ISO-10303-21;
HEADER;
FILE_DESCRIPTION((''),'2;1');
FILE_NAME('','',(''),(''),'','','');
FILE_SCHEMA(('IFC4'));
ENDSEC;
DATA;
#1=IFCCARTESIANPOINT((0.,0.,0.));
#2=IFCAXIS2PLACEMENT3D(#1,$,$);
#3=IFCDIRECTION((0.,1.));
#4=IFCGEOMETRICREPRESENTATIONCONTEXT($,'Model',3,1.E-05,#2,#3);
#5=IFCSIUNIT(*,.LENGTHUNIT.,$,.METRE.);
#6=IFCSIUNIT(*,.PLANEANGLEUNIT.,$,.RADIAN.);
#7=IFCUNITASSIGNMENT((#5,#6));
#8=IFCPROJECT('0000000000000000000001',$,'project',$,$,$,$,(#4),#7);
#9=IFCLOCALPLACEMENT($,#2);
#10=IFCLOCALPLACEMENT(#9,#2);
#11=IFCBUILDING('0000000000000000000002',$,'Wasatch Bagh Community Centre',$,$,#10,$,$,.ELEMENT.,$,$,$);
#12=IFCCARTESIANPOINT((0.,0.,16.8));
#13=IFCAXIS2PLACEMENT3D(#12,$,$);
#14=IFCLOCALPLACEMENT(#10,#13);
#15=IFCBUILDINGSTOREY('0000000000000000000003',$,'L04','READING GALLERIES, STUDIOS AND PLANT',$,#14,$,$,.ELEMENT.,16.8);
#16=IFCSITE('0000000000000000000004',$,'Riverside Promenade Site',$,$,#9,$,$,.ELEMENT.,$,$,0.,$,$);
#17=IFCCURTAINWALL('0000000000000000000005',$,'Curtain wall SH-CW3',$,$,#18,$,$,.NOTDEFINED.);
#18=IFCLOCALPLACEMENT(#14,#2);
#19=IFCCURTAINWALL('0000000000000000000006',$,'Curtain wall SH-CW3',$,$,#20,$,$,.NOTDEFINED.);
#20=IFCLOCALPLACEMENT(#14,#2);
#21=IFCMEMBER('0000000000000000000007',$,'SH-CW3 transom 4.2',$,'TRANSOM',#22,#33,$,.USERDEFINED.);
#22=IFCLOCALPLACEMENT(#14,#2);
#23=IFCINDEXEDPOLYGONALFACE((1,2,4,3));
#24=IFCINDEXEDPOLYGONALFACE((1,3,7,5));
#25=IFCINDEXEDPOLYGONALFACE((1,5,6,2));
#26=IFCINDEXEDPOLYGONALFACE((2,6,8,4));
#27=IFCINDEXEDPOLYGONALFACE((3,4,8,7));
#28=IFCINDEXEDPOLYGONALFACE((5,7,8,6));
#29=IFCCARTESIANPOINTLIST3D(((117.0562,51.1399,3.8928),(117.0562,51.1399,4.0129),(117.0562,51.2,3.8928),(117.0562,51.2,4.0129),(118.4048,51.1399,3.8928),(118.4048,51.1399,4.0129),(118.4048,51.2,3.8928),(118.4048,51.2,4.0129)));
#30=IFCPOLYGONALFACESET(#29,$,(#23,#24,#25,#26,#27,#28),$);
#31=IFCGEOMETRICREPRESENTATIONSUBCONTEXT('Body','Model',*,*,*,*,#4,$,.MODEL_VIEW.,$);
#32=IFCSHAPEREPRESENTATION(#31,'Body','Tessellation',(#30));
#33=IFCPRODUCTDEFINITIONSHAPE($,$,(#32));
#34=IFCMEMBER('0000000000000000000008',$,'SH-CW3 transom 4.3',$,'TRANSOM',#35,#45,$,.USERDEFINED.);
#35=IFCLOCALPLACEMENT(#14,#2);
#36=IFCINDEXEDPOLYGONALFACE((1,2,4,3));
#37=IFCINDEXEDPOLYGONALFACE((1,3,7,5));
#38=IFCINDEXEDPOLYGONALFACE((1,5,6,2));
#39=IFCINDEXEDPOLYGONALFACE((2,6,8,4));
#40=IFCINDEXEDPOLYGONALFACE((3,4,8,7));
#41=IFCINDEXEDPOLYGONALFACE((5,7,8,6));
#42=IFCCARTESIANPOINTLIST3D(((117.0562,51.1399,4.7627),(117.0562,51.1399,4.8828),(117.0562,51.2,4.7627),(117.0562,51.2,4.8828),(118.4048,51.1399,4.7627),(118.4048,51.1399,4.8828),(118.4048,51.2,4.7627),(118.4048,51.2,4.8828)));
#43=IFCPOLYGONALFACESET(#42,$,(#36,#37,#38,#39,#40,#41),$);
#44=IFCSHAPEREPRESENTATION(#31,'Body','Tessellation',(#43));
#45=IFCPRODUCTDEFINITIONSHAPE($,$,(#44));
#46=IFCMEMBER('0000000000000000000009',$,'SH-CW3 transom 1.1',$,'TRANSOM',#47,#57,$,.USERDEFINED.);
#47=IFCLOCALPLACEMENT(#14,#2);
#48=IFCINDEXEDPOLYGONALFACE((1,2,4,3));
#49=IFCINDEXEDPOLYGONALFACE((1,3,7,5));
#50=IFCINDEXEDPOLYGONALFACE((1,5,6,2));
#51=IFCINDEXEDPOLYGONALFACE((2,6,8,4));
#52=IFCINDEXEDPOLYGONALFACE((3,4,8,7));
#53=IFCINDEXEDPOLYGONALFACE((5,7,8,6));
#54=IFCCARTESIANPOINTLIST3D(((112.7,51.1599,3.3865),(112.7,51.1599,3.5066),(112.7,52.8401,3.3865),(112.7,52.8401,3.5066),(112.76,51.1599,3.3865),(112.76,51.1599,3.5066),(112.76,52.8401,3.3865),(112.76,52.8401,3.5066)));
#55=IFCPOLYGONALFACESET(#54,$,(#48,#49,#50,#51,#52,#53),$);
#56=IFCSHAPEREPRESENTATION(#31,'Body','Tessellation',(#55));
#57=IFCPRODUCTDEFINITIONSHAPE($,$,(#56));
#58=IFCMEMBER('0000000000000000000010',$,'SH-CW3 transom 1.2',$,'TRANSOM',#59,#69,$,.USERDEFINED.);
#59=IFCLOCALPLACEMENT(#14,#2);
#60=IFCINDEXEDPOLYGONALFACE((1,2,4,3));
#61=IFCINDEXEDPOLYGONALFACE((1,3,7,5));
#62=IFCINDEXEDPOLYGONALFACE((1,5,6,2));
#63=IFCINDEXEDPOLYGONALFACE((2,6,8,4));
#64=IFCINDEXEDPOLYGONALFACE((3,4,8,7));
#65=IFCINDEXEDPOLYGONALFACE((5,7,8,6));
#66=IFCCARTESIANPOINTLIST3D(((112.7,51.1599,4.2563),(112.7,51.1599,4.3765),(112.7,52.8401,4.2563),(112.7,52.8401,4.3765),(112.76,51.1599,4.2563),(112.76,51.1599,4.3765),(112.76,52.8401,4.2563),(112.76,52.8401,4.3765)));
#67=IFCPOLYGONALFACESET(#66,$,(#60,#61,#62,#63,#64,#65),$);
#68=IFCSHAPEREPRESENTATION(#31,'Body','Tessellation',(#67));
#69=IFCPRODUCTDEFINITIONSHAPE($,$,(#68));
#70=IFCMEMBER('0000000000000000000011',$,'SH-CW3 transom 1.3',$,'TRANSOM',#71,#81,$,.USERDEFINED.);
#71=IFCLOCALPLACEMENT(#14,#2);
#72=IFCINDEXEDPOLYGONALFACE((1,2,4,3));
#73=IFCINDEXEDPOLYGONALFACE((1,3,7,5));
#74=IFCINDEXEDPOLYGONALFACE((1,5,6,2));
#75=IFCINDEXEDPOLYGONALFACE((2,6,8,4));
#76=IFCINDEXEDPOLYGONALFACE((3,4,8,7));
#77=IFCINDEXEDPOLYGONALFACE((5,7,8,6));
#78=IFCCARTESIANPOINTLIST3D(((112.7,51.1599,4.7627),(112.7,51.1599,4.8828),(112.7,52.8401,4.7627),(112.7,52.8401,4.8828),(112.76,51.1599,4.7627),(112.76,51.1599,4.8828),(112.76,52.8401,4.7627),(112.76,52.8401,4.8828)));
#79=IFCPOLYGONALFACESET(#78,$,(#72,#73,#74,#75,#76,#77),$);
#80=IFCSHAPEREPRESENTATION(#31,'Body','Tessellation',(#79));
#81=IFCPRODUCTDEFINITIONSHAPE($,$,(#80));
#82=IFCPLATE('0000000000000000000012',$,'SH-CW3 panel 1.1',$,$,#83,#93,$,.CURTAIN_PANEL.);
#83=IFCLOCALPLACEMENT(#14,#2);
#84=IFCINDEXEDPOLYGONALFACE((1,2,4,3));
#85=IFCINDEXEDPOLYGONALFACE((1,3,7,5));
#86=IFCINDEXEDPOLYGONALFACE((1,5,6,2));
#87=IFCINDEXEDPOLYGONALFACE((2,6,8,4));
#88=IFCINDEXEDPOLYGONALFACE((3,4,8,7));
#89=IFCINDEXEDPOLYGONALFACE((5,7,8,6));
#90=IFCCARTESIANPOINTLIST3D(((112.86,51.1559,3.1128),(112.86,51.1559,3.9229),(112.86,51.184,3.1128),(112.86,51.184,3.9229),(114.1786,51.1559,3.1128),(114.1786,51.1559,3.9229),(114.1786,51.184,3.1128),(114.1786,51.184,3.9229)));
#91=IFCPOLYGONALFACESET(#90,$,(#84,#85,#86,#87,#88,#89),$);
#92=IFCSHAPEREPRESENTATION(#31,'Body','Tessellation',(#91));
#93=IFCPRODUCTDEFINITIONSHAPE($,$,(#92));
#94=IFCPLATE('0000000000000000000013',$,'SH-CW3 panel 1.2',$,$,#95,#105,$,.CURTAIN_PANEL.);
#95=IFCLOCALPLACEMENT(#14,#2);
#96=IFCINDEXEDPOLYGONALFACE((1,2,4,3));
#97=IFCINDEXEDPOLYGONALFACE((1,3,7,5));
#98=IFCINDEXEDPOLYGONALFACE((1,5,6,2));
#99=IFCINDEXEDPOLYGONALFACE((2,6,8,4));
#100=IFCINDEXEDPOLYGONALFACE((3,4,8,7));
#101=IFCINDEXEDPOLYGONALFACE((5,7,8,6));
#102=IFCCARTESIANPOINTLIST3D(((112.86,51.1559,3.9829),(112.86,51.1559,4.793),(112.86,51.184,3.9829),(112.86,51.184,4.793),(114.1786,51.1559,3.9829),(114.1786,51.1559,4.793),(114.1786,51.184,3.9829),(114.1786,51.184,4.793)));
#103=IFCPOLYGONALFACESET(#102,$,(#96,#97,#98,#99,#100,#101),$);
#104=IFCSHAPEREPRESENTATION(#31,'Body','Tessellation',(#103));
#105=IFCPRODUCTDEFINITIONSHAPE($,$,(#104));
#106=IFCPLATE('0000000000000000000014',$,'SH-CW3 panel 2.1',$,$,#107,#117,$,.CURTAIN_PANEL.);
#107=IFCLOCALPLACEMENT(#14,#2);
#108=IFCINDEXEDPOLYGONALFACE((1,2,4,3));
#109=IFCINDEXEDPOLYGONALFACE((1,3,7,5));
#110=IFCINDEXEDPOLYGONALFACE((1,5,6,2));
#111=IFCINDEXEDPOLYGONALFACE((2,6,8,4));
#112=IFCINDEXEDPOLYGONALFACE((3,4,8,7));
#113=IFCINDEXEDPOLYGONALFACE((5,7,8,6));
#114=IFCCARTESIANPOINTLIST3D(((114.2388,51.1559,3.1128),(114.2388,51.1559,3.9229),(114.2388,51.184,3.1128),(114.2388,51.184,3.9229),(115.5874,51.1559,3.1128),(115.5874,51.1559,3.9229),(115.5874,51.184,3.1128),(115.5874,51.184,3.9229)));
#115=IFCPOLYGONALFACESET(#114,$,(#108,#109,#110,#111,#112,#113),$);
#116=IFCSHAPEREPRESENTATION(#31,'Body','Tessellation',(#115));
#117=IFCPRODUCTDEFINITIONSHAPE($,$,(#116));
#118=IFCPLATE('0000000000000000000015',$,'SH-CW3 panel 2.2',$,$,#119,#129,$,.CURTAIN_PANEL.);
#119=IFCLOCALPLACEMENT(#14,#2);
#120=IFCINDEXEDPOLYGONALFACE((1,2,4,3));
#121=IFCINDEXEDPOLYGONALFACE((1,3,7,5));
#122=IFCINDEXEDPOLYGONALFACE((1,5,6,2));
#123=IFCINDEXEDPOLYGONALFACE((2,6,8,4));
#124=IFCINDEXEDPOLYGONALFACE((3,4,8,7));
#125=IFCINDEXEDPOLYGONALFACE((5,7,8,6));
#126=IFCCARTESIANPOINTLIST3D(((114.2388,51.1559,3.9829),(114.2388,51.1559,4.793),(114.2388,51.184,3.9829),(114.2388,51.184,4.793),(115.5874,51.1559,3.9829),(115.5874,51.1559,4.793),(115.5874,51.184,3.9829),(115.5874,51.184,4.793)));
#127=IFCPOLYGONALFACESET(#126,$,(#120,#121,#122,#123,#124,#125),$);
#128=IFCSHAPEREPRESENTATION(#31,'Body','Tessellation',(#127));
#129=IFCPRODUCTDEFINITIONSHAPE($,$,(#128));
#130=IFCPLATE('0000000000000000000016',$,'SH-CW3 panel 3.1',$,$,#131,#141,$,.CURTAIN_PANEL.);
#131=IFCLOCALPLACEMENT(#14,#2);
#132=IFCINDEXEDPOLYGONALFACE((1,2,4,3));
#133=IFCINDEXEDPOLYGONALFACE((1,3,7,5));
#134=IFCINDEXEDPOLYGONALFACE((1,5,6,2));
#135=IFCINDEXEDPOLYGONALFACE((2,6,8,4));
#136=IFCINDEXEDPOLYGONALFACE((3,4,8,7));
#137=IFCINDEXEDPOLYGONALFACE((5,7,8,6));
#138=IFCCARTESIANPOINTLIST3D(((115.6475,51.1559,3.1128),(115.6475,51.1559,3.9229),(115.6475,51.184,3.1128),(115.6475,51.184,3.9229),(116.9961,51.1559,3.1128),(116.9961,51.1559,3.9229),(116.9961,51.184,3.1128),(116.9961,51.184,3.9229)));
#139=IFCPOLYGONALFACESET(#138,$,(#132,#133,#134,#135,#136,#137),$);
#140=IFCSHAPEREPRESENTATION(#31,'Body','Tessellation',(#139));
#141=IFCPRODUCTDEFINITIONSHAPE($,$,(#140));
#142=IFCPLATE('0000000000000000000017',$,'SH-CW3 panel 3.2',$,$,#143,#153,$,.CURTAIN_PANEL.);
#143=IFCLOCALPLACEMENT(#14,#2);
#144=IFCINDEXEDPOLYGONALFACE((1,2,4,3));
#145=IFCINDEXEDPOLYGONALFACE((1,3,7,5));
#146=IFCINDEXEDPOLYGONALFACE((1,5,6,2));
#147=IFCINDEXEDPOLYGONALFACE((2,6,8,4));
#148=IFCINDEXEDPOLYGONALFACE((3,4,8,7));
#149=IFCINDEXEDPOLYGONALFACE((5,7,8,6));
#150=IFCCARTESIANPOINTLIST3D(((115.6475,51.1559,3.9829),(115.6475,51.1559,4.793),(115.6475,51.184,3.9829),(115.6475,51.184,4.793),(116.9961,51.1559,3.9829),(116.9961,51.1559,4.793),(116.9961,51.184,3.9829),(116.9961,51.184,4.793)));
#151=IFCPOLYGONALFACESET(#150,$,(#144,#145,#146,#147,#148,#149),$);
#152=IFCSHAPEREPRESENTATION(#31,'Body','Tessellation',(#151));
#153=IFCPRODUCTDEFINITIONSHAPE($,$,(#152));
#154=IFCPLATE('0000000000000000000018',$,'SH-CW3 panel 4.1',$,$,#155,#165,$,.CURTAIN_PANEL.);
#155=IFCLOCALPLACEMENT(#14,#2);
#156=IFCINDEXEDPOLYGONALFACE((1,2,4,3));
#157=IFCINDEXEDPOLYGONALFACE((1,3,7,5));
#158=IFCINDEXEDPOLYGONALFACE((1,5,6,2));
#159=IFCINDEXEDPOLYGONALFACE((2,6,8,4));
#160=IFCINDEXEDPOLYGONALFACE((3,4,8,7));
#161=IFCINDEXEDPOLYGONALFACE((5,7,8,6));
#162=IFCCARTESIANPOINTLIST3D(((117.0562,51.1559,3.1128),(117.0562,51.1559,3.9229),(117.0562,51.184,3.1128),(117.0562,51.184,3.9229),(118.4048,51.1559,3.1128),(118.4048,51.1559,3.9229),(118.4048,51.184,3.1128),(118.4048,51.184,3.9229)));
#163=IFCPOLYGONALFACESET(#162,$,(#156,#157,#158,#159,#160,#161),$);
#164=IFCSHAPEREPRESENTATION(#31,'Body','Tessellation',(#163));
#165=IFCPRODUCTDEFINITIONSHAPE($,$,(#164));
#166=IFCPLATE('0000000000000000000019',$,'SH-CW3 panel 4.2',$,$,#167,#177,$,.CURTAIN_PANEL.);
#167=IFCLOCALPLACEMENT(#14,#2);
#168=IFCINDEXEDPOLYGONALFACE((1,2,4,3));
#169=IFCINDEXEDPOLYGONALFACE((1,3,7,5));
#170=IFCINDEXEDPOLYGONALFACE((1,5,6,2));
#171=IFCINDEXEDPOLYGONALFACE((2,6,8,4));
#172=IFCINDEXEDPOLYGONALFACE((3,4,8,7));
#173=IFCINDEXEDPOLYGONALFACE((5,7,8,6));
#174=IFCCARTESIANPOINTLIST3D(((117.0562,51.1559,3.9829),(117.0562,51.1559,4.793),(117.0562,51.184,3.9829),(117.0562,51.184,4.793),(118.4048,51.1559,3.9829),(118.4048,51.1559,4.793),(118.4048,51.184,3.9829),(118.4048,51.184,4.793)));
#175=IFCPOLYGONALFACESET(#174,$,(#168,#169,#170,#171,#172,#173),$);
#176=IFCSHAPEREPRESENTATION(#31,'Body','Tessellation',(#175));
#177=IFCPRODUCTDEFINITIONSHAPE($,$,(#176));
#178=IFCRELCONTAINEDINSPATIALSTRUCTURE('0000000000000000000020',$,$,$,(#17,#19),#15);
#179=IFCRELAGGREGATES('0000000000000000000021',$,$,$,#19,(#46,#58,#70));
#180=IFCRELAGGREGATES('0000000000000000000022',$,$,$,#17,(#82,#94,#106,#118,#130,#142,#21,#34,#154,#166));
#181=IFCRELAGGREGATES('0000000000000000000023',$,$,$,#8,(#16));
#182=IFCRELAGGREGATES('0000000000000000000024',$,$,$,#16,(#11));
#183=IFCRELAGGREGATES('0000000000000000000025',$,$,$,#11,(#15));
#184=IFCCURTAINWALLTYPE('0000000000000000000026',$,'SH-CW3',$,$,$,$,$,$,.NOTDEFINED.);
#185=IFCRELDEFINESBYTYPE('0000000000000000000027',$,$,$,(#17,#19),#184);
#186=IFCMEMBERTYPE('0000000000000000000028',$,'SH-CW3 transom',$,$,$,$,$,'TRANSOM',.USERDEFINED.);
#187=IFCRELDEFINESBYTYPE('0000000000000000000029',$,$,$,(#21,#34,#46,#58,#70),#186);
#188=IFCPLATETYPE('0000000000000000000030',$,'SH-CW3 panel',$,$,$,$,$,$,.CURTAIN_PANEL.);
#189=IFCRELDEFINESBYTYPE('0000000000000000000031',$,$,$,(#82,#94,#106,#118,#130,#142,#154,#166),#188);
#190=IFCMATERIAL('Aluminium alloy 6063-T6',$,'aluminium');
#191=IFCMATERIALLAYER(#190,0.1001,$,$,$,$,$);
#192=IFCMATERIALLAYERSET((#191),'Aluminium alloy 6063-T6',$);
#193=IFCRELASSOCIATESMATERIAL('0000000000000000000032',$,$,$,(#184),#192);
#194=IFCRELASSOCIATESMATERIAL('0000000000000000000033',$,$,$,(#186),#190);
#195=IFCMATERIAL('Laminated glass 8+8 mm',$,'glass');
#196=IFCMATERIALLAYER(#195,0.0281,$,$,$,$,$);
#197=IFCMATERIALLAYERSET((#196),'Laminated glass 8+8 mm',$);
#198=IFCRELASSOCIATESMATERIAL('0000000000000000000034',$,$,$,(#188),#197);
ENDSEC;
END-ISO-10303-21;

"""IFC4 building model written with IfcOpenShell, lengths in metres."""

from ifc_helpers import new_model, si_unit, direction, frame, origin, origin_2d, place, context, subcontext, project, spatial, rectangle, extrude, material, layer, layer_set, material_profile, profile_set, type_object, element, aggregate, save


model = new_model("IFC4")

# Units and contexts
model_context = context("Model", 3, precision=1e-05, world=origin(), true_north=direction((0.0, 1.0)))
body_context = subcontext(model_context, "Body", "Model", "MODEL_VIEW")
ifc_project = project(units=[si_unit("LENGTHUNIT", "METRE"), si_unit("PLANEANGLEUNIT", "RADIAN")], contexts=[model_context])

# Site, building, storey
site_placement = place(None, origin())
site = spatial("IfcSite", under=ifc_project, at=site_placement, Name="Riverside Promenade Site", CompositionType="ELEMENT", RefElevation=0.0)
building_placement = place(site_placement, origin())
building = spatial("IfcBuilding", under=site, at=building_placement, Name="Wasatch Bagh Community Centre", CompositionType="ELEMENT")
storey_placement = place(building_placement, frame((0.0, 0.0, 16.8)))
storey = spatial("IfcBuildingStorey", under=building, at=storey_placement, Name="L04", Description="READING GALLERIES, STUDIOS AND PLANT", CompositionType="ELEMENT", Elevation=16.8)

# Curtain wall
ifc_material_1 = material(Name="Aluminium alloy 6063-T6", Category="aluminium")
ifc_layer_1 = layer(ifc_material_1, 0.1001)
ifc_layer_set_1 = layer_set([ifc_layer_1], Name="Aluminium alloy 6063-T6")
curtain_wall_type = type_object("IfcCurtainWallType", Name="SH-CW3", PredefinedType="NOTDEFINED", material=ifc_layer_set_1)
curtain_wall_1_placement = place(storey_placement, origin())
curtain_wall_1 = element("IfcCurtainWall", 1, at=curtain_wall_1_placement, inside=storey, type_object=curtain_wall_type, Name="Curtain wall SH-CW3", PredefinedType="NOTDEFINED")

# Curtain wall
curtain_wall_2_placement = place(storey_placement, origin())
curtain_wall_2 = element("IfcCurtainWall", 2, at=curtain_wall_2_placement, inside=storey, type_object=curtain_wall_type, Name="Curtain wall SH-CW3", PredefinedType="NOTDEFINED")

# Members
ifc_material_profile_1 = material_profile(ifc_material_1, rectangle(XDim=0.0601, YDim=0.1201, at=origin_2d()), Name="AL 60x120")
ifc_profile_set_1 = profile_set([ifc_material_profile_1], Name="Aluminium alloy 6063-T6")
member_type_1 = type_object("IfcMemberType", Name="SH-CW3 transom", ElementType="TRANSOM", PredefinedType="USERDEFINED", material=ifc_profile_set_1)
member_1_placement = place(storey_placement, frame((117.0562, 51.1699, 3.9529), z_axis=(1.0, 0.0, 0.0), x_axis=(0.0, 1.0, 0.0)))
member_1 = element("IfcMember", 3, at=member_1_placement, type_object=member_type_1, Name="SH-CW3 transom 4.2", ObjectType="TRANSOM", PredefinedType="USERDEFINED", context=body_context, shape_type="SweptSolid", body=[
    extrude(rectangle(XDim=0.0601, YDim=0.1201, at=origin_2d()), origin(), (0.0, 0.0, 1.0), 1.3486),
])
member_2_placement = place(storey_placement, frame((117.0562, 51.1699, 4.8228), z_axis=(1.0, 0.0, 0.0), x_axis=(0.0, 1.0, 0.0)))
member_2 = element("IfcMember", 4, at=member_2_placement, type_object=member_type_1, Name="SH-CW3 transom 4.3", ObjectType="TRANSOM", PredefinedType="USERDEFINED", context=body_context, shape_type="SweptSolid", body=[
    extrude(rectangle(XDim=0.0601, YDim=0.1201, at=origin_2d()), origin(), (0.0, 0.0, 1.0), 1.3486),
])
member_3_placement = place(storey_placement, frame((112.73, 51.1599, 3.4465), z_axis=(0.0, 1.0, 0.0), x_axis=(-1.0, 0.0, 0.0)))
member_3 = element("IfcMember", 5, at=member_3_placement, type_object=member_type_1, Name="SH-CW3 transom 1.1", ObjectType="TRANSOM", PredefinedType="USERDEFINED", context=body_context, shape_type="SweptSolid", body=[
    extrude(rectangle(XDim=0.0601, YDim=0.1201, at=origin_2d()), origin(), (0.0, 0.0, 1.0), 1.6802),
])
member_4_placement = place(storey_placement, frame((112.73, 51.1599, 4.3164), z_axis=(0.0, 1.0, 0.0), x_axis=(-1.0, 0.0, 0.0)))
member_4 = element("IfcMember", 6, at=member_4_placement, type_object=member_type_1, Name="SH-CW3 transom 1.2", ObjectType="TRANSOM", PredefinedType="USERDEFINED", context=body_context, shape_type="SweptSolid", body=[
    extrude(rectangle(XDim=0.0601, YDim=0.1201, at=origin_2d()), origin(), (0.0, 0.0, 1.0), 1.6802),
])
member_5_placement = place(storey_placement, frame((112.73, 51.1599, 4.8228), z_axis=(0.0, 1.0, 0.0), x_axis=(-1.0, 0.0, 0.0)))
member_5 = element("IfcMember", 7, at=member_5_placement, type_object=member_type_1, Name="SH-CW3 transom 1.3", ObjectType="TRANSOM", PredefinedType="USERDEFINED", context=body_context, shape_type="SweptSolid", body=[
    extrude(rectangle(XDim=0.0601, YDim=0.1201, at=origin_2d()), origin(), (0.0, 0.0, 1.0), 1.6802),
])
aggregate(curtain_wall_2, [member_3, member_4, member_5])

# Plates
ifc_material_2 = material(Name="Laminated glass 8+8 mm", Category="glass")
ifc_layer_2 = layer(ifc_material_2, 0.0281)
ifc_layer_set_2 = layer_set([ifc_layer_2], Name="Laminated glass 8+8 mm")
plate_type = type_object("IfcPlateType", Name="SH-CW3 panel", PredefinedType="CURTAIN_PANEL", material=ifc_layer_set_2)
plate_1_placement = place(storey_placement, frame((113.5193, 51.1699, 3.1128), z_axis=(0.0, 0.0, 1.0), x_axis=(1.0, 0.0, 0.0)))
plate_1 = element("IfcPlate", 8, at=plate_1_placement, type_object=plate_type, Name="SH-CW3 panel 1.1", PredefinedType="CURTAIN_PANEL", context=body_context, shape_type="SweptSolid", body=[
    extrude(rectangle(XDim=1.3186, YDim=0.0281, at=origin_2d()), origin(), (0.0, 0.0, 1.0), 0.8101),
])
plate_2_placement = place(storey_placement, frame((113.5193, 51.1699, 3.9829), z_axis=(0.0, 0.0, 1.0), x_axis=(1.0, 0.0, 0.0)))
plate_2 = element("IfcPlate", 9, at=plate_2_placement, type_object=plate_type, Name="SH-CW3 panel 1.2", PredefinedType="CURTAIN_PANEL", context=body_context, shape_type="SweptSolid", body=[
    extrude(rectangle(XDim=1.3186, YDim=0.0281, at=origin_2d()), origin(), (0.0, 0.0, 1.0), 0.8101),
])
plate_3_placement = place(storey_placement, frame((114.9131, 51.1699, 3.1128), z_axis=(0.0, 0.0, 1.0), x_axis=(1.0, 0.0, 0.0)))
plate_3 = element("IfcPlate", 10, at=plate_3_placement, type_object=plate_type, Name="SH-CW3 panel 2.1", PredefinedType="CURTAIN_PANEL", context=body_context, shape_type="SweptSolid", body=[
    extrude(rectangle(XDim=1.3486, YDim=0.0281, at=origin_2d()), origin(), (0.0, 0.0, 1.0), 0.8101),
])
plate_4_placement = place(storey_placement, frame((114.9131, 51.1699, 3.9829), z_axis=(0.0, 0.0, 1.0), x_axis=(1.0, 0.0, 0.0)))
plate_4 = element("IfcPlate", 11, at=plate_4_placement, type_object=plate_type, Name="SH-CW3 panel 2.2", PredefinedType="CURTAIN_PANEL", context=body_context, shape_type="SweptSolid", body=[
    extrude(rectangle(XDim=1.3486, YDim=0.0281, at=origin_2d()), origin(), (0.0, 0.0, 1.0), 0.8101),
])
plate_5_placement = place(storey_placement, frame((116.3218, 51.1699, 3.1128), z_axis=(0.0, 0.0, 1.0), x_axis=(1.0, 0.0, 0.0)))
plate_5 = element("IfcPlate", 12, at=plate_5_placement, type_object=plate_type, Name="SH-CW3 panel 3.1", PredefinedType="CURTAIN_PANEL", context=body_context, shape_type="SweptSolid", body=[
    extrude(rectangle(XDim=1.3486, YDim=0.0281, at=origin_2d()), origin(), (0.0, 0.0, 1.0), 0.8101),
])
plate_6_placement = place(storey_placement, frame((116.3218, 51.1699, 3.9829), z_axis=(0.0, 0.0, 1.0), x_axis=(1.0, 0.0, 0.0)))
plate_6 = element("IfcPlate", 13, at=plate_6_placement, type_object=plate_type, Name="SH-CW3 panel 3.2", PredefinedType="CURTAIN_PANEL", context=body_context, shape_type="SweptSolid", body=[
    extrude(rectangle(XDim=1.3486, YDim=0.0281, at=origin_2d()), origin(), (0.0, 0.0, 1.0), 0.8101),
])
plate_7_placement = place(storey_placement, frame((117.7305, 51.1699, 3.1128), z_axis=(0.0, 0.0, 1.0), x_axis=(1.0, 0.0, 0.0)))
plate_7 = element("IfcPlate", 14, at=plate_7_placement, type_object=plate_type, Name="SH-CW3 panel 4.1", PredefinedType="CURTAIN_PANEL", context=body_context, shape_type="SweptSolid", body=[
    extrude(rectangle(XDim=1.3486, YDim=0.0281, at=origin_2d()), origin(), (0.0, 0.0, 1.0), 0.8101),
])
plate_8_placement = place(storey_placement, frame((117.7305, 51.1699, 3.9829), z_axis=(0.0, 0.0, 1.0), x_axis=(1.0, 0.0, 0.0)))
plate_8 = element("IfcPlate", 15, at=plate_8_placement, type_object=plate_type, Name="SH-CW3 panel 4.2", PredefinedType="CURTAIN_PANEL", context=body_context, shape_type="SweptSolid", body=[
    extrude(rectangle(XDim=1.3486, YDim=0.0281, at=origin_2d()), origin(), (0.0, 0.0, 1.0), 0.8101),
])
aggregate(curtain_wall_1, [plate_1, plate_2, plate_3, plate_4, plate_5, plate_6, member_1, member_2, plate_7, plate_8])

save(model, "model.ifc")
